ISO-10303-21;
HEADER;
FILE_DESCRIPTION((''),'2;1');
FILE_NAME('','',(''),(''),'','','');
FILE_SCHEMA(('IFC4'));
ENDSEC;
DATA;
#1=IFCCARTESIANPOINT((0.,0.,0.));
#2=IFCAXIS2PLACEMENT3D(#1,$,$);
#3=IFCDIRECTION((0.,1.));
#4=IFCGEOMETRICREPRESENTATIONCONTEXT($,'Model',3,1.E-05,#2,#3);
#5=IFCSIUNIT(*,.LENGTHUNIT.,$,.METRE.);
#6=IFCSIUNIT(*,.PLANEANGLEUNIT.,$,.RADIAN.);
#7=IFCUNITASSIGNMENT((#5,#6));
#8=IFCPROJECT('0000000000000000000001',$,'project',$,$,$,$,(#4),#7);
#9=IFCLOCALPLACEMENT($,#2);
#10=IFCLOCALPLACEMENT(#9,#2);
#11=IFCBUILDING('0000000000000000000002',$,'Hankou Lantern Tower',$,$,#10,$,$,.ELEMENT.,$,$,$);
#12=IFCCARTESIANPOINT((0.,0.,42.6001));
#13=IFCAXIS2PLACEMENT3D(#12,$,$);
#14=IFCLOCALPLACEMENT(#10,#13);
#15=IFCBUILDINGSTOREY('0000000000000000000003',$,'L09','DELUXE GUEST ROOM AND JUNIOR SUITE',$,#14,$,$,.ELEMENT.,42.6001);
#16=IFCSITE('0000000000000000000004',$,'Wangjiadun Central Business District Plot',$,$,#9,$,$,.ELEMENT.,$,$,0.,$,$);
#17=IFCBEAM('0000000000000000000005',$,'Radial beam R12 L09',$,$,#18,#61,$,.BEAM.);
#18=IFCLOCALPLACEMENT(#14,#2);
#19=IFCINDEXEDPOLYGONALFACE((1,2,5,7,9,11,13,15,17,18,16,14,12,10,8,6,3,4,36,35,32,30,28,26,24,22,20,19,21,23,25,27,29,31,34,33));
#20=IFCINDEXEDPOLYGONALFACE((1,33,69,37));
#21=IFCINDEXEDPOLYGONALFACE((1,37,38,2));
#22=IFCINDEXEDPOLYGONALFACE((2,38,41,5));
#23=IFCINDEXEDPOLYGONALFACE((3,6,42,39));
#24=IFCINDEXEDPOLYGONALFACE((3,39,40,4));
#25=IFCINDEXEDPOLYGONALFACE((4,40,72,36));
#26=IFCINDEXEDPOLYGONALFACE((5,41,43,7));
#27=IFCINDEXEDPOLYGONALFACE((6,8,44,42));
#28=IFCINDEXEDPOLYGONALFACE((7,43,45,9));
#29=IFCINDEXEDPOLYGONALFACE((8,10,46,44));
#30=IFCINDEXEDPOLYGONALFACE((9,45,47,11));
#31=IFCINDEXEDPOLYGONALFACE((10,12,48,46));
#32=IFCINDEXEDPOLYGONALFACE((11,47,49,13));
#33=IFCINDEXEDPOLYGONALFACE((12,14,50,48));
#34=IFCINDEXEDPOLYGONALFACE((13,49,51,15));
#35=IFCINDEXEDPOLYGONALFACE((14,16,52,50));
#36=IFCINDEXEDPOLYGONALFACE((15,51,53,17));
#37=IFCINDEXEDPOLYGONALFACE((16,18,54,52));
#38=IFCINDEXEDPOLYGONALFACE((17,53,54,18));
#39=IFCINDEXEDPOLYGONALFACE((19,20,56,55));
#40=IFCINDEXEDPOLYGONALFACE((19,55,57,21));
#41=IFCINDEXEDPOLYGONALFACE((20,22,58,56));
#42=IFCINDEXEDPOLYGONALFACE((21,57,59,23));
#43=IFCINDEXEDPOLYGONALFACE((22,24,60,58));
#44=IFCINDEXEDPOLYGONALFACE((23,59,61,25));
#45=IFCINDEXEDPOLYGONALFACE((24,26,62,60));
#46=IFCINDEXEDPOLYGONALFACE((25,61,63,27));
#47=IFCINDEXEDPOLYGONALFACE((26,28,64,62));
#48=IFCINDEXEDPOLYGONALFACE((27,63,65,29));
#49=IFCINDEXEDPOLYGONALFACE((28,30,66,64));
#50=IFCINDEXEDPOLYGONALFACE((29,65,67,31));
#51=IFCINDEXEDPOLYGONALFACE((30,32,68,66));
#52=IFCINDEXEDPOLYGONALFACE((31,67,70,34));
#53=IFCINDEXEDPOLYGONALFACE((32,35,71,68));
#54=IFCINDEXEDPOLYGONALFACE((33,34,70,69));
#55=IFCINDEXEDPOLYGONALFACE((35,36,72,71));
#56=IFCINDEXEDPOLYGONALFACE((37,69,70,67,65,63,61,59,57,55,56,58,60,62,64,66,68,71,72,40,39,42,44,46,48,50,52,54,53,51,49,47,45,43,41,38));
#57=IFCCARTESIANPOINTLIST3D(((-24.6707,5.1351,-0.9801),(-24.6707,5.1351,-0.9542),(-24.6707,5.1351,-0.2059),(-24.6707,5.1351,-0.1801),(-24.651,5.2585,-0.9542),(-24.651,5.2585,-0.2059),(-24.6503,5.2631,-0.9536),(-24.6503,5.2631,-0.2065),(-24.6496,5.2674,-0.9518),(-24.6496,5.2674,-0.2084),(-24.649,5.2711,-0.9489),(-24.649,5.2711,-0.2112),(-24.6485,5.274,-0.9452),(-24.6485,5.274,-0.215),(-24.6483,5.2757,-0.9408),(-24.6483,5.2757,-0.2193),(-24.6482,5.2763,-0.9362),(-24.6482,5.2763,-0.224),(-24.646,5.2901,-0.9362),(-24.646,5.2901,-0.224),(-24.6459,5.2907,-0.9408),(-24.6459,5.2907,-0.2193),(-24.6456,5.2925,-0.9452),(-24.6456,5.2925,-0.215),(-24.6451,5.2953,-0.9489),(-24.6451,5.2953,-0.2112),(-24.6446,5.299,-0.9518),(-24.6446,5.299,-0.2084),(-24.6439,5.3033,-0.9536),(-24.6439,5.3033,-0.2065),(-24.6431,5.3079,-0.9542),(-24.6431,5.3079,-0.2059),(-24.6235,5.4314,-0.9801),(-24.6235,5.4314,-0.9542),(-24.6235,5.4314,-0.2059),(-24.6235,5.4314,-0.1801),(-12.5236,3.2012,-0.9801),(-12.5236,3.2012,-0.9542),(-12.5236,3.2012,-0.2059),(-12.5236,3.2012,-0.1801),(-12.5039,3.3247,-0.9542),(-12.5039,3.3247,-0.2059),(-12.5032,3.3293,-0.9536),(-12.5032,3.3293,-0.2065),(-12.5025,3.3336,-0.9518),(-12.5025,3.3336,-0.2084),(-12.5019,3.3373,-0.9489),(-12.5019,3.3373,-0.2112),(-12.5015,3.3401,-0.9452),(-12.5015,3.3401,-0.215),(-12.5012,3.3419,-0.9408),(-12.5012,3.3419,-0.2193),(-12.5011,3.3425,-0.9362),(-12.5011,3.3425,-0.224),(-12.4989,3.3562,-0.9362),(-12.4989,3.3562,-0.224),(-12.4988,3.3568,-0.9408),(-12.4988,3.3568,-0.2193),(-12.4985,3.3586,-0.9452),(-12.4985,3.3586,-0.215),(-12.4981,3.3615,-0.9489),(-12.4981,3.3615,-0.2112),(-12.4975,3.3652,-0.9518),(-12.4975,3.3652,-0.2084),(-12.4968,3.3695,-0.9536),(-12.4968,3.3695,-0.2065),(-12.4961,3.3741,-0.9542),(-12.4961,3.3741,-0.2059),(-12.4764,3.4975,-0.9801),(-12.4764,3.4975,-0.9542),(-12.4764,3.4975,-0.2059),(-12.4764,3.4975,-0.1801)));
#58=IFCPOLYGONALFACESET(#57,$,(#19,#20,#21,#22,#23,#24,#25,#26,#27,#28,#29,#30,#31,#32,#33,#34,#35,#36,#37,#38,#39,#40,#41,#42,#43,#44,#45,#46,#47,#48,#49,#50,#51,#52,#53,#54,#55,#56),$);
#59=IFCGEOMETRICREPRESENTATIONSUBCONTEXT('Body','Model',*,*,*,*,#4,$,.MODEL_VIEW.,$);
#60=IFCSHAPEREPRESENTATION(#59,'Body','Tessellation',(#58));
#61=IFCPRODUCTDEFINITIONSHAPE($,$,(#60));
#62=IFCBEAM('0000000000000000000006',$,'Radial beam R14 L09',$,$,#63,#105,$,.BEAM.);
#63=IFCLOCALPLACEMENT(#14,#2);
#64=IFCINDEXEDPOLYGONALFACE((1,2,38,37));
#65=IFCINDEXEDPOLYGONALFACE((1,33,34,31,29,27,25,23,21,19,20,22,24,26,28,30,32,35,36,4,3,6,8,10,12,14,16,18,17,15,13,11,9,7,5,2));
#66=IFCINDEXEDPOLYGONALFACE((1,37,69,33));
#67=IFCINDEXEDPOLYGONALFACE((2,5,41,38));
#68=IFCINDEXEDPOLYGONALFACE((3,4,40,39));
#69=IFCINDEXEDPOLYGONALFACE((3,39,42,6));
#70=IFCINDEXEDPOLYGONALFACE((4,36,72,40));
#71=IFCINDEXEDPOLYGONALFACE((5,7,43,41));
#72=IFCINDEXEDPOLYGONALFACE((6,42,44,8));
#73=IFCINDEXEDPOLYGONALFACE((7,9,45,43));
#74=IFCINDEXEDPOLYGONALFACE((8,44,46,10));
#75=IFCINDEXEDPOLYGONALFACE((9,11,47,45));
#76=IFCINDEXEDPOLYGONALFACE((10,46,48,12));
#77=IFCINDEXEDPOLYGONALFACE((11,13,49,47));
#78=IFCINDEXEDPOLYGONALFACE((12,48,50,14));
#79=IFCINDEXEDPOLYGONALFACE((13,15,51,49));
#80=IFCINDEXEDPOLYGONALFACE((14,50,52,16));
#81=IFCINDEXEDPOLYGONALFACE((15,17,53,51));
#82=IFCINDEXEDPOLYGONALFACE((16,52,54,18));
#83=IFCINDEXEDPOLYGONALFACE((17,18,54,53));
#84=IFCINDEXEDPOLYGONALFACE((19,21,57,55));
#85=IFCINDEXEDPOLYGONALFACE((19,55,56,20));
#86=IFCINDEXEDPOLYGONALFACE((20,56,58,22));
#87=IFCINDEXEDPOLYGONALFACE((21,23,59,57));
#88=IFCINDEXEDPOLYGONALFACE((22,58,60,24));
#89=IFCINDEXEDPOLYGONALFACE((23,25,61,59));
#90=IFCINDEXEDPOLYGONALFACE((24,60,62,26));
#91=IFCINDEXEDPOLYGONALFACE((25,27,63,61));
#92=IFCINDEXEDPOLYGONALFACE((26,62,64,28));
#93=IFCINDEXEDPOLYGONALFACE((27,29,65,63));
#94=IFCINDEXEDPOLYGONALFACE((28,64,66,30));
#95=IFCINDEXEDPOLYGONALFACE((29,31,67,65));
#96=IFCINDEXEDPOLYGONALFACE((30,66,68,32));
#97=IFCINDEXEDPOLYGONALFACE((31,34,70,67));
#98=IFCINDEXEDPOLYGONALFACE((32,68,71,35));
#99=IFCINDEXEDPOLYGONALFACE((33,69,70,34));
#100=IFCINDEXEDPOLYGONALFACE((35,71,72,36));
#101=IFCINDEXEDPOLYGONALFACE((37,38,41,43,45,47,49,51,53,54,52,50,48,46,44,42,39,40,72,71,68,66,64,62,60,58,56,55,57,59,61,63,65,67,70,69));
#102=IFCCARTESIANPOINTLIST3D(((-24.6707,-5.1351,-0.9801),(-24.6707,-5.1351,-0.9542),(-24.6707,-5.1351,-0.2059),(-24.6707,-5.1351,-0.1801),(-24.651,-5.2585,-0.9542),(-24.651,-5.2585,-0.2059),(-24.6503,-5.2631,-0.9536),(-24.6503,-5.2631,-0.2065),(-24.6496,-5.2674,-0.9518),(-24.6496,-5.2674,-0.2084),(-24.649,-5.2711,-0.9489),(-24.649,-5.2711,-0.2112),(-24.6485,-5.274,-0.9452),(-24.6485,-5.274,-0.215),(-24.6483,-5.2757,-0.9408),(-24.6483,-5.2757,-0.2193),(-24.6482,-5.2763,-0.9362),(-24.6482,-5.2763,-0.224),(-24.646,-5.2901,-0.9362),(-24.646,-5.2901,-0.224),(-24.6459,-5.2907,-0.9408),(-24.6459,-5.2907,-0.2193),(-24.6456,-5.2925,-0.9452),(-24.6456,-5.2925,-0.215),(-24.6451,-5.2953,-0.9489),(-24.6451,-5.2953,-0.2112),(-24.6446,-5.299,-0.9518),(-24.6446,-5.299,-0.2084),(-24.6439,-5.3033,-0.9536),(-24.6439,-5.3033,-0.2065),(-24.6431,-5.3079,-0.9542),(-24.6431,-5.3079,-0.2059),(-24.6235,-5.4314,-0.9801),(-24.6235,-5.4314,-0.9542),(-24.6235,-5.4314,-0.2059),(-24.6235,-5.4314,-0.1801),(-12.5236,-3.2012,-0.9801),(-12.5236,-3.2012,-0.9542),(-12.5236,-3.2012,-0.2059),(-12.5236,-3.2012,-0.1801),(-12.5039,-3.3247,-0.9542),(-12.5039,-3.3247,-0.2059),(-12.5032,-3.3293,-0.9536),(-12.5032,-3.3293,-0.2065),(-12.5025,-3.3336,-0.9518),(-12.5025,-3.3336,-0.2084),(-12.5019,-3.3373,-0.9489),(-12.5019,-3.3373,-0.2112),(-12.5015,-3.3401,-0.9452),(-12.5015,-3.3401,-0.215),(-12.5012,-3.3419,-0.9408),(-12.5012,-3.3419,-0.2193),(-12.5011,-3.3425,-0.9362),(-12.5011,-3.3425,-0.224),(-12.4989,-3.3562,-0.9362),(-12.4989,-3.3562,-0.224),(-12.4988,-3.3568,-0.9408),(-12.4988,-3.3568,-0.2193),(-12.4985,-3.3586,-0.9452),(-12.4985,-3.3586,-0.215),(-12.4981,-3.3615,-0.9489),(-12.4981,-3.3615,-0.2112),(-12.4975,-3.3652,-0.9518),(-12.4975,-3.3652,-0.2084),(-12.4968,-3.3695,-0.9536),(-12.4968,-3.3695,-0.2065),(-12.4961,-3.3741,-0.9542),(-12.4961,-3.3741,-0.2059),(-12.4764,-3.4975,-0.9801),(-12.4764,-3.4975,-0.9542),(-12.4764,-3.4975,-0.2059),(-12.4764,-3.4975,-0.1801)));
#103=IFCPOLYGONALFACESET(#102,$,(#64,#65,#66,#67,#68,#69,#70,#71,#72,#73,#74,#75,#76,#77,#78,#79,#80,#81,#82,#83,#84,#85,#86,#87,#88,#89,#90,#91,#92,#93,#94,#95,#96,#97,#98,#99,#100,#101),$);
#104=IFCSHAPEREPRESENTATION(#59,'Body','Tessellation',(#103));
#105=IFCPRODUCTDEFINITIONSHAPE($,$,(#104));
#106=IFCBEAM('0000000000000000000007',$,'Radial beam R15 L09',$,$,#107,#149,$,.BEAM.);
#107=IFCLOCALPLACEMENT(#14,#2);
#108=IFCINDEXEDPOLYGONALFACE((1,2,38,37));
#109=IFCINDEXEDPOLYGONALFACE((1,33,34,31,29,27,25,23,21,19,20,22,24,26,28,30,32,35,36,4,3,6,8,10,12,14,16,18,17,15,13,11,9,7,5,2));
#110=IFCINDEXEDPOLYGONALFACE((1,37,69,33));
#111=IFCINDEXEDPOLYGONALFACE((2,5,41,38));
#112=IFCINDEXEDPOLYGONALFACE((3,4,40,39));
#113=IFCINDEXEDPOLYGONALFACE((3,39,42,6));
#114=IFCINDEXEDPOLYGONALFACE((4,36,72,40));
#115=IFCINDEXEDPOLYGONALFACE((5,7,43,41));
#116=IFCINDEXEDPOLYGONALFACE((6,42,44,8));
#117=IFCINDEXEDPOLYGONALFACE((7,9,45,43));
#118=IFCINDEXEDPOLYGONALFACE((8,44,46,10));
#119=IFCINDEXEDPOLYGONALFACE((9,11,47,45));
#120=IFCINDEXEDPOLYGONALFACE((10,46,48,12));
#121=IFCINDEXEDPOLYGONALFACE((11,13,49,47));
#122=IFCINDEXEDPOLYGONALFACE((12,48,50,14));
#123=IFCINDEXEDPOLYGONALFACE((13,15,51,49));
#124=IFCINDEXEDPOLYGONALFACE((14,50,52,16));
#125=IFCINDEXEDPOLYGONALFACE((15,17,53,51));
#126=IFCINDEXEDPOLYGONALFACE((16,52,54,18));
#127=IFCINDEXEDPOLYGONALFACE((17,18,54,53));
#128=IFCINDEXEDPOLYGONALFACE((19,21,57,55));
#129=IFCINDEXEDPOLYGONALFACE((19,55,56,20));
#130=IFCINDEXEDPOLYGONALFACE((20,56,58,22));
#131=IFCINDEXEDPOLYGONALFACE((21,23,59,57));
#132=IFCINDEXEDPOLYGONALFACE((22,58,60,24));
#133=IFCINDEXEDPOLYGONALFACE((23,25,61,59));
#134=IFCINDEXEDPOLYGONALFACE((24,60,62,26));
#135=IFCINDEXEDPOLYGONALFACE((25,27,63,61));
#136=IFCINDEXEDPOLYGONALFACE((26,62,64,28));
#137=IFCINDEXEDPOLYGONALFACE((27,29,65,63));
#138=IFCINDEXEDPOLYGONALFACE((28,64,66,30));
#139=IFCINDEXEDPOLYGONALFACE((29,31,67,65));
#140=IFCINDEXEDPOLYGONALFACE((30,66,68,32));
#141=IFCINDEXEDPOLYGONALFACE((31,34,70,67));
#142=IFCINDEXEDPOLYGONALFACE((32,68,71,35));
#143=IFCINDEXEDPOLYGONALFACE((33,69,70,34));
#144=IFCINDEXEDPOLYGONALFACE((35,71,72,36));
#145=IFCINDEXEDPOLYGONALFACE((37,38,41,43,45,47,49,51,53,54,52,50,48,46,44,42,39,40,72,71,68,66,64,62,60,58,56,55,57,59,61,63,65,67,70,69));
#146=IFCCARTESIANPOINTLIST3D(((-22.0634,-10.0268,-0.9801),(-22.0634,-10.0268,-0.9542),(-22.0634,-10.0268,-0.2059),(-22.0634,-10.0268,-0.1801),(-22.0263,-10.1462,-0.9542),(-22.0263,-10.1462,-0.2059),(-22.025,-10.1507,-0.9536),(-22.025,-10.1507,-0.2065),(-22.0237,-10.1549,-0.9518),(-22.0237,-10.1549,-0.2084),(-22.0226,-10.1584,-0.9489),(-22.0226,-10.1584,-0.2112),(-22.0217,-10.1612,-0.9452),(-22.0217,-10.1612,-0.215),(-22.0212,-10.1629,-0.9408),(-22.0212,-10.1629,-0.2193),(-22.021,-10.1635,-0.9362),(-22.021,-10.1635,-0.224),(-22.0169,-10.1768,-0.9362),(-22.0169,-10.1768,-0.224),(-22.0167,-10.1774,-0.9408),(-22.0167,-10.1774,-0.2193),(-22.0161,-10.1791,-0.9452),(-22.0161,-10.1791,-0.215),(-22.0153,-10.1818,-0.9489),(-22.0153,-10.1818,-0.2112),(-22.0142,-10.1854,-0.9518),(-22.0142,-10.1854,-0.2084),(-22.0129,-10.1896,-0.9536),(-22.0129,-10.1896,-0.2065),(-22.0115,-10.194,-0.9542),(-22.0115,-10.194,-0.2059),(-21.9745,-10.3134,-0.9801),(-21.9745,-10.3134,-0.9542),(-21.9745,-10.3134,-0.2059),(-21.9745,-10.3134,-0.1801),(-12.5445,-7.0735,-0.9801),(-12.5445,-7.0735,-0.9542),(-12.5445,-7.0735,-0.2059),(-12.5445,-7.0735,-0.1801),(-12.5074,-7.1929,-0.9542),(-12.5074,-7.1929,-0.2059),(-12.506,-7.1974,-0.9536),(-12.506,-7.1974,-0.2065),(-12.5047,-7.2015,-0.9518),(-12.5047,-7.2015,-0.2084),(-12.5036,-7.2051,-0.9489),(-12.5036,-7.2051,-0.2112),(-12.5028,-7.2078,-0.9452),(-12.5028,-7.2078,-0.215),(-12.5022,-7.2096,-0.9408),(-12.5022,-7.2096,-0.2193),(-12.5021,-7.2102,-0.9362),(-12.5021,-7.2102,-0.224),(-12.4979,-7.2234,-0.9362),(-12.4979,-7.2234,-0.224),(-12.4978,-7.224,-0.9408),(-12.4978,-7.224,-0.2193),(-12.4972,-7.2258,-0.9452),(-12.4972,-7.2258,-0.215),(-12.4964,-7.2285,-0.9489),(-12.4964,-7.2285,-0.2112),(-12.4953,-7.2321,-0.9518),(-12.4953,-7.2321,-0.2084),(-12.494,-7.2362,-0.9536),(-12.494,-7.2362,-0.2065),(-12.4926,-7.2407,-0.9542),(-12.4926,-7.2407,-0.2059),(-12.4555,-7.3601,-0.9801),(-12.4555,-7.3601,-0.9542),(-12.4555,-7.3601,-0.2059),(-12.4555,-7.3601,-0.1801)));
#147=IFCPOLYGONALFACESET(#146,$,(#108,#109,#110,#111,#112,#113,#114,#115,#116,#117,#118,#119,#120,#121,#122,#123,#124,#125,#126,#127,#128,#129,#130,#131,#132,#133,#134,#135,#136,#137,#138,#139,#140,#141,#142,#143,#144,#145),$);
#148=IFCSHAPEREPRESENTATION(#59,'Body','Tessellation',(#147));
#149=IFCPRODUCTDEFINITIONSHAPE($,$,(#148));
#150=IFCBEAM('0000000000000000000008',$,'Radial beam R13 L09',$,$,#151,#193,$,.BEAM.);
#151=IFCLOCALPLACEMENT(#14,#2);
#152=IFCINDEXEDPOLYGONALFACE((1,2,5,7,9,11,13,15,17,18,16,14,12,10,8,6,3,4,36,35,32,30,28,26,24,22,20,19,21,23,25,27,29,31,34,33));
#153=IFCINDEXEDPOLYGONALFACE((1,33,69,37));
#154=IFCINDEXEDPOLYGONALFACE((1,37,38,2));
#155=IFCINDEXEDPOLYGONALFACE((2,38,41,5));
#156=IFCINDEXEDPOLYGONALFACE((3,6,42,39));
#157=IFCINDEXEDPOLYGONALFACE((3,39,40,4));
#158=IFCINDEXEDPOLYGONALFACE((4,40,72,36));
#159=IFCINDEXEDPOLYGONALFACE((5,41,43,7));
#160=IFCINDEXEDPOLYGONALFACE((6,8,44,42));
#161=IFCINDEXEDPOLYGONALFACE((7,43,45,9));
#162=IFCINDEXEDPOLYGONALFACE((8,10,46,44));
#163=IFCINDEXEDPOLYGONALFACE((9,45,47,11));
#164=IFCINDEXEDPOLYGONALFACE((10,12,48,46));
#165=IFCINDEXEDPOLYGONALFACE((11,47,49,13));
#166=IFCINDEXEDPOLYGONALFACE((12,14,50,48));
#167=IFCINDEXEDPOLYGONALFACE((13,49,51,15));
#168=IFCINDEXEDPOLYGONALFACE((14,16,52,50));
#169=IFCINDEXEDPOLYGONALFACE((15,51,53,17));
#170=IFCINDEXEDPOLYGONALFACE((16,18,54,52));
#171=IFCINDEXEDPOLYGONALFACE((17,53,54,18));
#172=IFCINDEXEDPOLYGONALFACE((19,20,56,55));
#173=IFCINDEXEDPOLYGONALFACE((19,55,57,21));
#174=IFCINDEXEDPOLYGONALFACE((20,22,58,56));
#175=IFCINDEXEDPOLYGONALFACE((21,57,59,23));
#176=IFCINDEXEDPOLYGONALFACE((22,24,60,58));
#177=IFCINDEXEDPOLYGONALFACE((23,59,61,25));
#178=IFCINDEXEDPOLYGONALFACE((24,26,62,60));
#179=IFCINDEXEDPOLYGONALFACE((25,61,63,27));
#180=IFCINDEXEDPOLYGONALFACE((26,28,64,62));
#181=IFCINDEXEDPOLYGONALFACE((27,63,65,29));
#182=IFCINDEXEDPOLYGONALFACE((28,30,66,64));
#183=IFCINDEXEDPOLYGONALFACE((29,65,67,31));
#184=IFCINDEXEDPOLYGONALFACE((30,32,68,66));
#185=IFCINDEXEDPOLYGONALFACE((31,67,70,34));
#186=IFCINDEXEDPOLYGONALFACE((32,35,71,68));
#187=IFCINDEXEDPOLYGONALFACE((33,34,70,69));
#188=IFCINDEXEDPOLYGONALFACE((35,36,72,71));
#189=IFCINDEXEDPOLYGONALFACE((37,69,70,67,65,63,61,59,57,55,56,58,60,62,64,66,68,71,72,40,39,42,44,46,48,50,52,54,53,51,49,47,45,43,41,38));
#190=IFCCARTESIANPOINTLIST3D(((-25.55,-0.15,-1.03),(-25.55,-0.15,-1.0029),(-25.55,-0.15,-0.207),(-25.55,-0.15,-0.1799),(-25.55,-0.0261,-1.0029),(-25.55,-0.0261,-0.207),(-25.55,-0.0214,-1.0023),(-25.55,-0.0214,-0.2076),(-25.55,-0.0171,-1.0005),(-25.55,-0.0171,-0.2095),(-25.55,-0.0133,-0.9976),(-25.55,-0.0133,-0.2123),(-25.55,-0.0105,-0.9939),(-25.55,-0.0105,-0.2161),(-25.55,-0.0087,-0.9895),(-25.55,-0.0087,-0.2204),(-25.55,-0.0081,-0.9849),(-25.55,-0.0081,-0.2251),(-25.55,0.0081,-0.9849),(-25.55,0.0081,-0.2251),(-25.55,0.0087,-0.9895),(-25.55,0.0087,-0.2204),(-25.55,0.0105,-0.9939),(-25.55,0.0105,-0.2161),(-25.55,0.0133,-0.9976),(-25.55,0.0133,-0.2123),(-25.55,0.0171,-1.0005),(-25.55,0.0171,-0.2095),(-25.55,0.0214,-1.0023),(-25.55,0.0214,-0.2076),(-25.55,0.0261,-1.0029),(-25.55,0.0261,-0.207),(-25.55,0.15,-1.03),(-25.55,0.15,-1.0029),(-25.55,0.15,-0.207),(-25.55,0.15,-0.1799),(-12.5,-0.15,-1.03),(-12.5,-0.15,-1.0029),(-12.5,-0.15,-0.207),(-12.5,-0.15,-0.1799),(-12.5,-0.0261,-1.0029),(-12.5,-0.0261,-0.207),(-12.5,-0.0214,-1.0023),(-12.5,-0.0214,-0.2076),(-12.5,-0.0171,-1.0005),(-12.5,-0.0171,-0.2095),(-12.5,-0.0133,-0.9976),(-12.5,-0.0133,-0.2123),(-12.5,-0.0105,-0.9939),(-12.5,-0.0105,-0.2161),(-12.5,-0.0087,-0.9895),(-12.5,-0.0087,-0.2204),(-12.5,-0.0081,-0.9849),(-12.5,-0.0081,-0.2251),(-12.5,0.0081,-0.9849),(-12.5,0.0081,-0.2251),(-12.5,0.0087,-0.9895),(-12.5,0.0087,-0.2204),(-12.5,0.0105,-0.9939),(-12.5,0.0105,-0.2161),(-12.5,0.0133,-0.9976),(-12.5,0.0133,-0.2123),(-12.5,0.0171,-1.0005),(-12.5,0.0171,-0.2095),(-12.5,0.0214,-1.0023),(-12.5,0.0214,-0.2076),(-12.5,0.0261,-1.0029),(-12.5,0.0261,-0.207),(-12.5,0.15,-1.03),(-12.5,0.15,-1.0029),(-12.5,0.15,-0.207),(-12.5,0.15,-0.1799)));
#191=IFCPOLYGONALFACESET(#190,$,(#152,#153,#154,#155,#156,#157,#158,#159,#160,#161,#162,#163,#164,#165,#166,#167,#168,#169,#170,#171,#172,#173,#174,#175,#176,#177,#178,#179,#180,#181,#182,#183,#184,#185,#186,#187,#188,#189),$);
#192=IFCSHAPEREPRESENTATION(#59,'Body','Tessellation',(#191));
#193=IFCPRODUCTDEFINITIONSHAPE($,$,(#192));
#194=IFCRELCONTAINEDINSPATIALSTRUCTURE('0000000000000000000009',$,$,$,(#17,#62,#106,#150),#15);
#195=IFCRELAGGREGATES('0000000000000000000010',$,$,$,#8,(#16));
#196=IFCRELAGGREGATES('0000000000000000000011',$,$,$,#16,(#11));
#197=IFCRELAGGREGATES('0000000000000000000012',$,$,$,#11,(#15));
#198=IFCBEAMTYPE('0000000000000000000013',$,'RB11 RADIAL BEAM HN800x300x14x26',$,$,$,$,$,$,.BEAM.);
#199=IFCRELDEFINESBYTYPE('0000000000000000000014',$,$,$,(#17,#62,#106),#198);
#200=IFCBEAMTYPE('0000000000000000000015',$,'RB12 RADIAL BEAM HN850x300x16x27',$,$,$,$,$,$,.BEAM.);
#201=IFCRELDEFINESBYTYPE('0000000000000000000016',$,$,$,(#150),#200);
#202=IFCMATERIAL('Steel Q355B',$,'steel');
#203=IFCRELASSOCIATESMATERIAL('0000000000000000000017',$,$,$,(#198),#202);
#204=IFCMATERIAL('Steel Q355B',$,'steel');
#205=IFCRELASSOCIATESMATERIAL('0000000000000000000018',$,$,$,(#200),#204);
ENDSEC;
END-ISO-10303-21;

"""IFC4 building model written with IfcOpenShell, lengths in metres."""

from ifc_helpers import new_model, si_unit, direction, frame, origin, origin_2d, place, context, subcontext, project, spatial, i_section, extrude, material, material_profile, profile_set, type_object, element, save


model = new_model("IFC4")

# Units and contexts
model_context = context("Model", 3, precision=1e-05, world=origin(), true_north=direction((0.0, 1.0)))
body_context = subcontext(model_context, "Body", "Model", "MODEL_VIEW")
ifc_project = project(units=[si_unit("LENGTHUNIT", "METRE"), si_unit("PLANEANGLEUNIT", "RADIAN")], contexts=[model_context])

# Site, building, storey
site_placement = place(None, origin())
site = spatial("IfcSite", under=ifc_project, at=site_placement, Name="Wangjiadun Central Business District Plot", CompositionType="ELEMENT", RefElevation=0.0)
building_placement = place(site_placement, origin())
building = spatial("IfcBuilding", under=site, at=building_placement, Name="Hankou Lantern Tower", CompositionType="ELEMENT")
storey_placement = place(building_placement, frame((0.0, 0.0, 42.6001)))
storey = spatial("IfcBuildingStorey", under=building, at=storey_placement, Name="L09", Description="DELUXE GUEST ROOM AND JUNIOR SUITE", CompositionType="ELEMENT", Elevation=42.6001)

# Beams
ifc_material_1 = material(Name="Steel Q355B", Category="steel")
ifc_material_profile_1 = material_profile(ifc_material_1, i_section(OverallWidth=0.3, OverallDepth=0.8, WebThickness=0.0139, FlangeThickness=0.0259, FilletRadius=0.0181, at=origin_2d()), Name="HN800x300x14x26")
ifc_profile_set_1 = profile_set([ifc_material_profile_1], Name="Steel Q355B")
beam_type_1 = type_object("IfcBeamType", Name="RB11 RADIAL BEAM HN800x300x14x26", PredefinedType="BEAM", material=ifc_profile_set_1)
for number, where, z_axis, x_axis, name in (
    (1, (-12.5, 3.3494, -0.5801), (-0.987563, 0.157223, 0.0), (-0.157223, -0.987563, 0.0), "Radial beam R12 L09"),
    (2, (-12.5, -3.3494, -0.5801), (-0.987563, -0.157223, 0.0), (0.157223, -0.987563, 0.0), "Radial beam R14 L09"),
):
    element("IfcBeam", number, at=place(storey_placement, frame(where, z_axis=z_axis, x_axis=x_axis)), inside=storey, type_object=beam_type_1, Name=name, PredefinedType="BEAM", context=body_context, shape_type="SweptSolid", body=[
        extrude(i_section(OverallWidth=0.3, OverallDepth=0.8, WebThickness=0.0139, FlangeThickness=0.0259, FilletRadius=0.0181, at=origin_2d()), origin(), (0.0, 0.0, 1.0), 12.3),
    ])
beam_1_placement = place(storey_placement, frame((-12.5, -7.2168, -0.5801), z_axis=(-0.955087, -0.296324, 0.0), x_axis=(0.296324, -0.955087, 0.0)))
element("IfcBeam", 3, at=beam_1_placement, inside=storey, type_object=beam_type_1, Name="Radial beam R15 L09", PredefinedType="BEAM", context=body_context, shape_type="SweptSolid", body=[
    extrude(i_section(OverallWidth=0.3, OverallDepth=0.8, WebThickness=0.0139, FlangeThickness=0.0259, FilletRadius=0.0181, at=origin_2d()), origin(), (0.0, 0.0, 1.0), 9.9666),
])
ifc_material_2 = material(Name="Steel Q355B", Category="steel")
ifc_material_profile_2 = material_profile(ifc_material_2, i_section(OverallWidth=0.3, OverallDepth=0.8501, WebThickness=0.0161, FlangeThickness=0.0271, FilletRadius=0.0181, at=origin_2d()), Name="HN850x300x16x27")
ifc_profile_set_2 = profile_set([ifc_material_profile_2], Name="Steel Q355B")
beam_type_2 = type_object("IfcBeamType", Name="RB12 RADIAL BEAM HN850x300x16x27", PredefinedType="BEAM", material=ifc_profile_set_2)
beam_2_placement = place(storey_placement, frame((-12.5, 0.0, -0.605), z_axis=(-1.0, 0.0, 0.0), x_axis=(0.0, -1.0, 0.0)))
element("IfcBeam", 4, at=beam_2_placement, inside=storey, type_object=beam_type_2, Name="Radial beam R13 L09", PredefinedType="BEAM", context=body_context, shape_type="SweptSolid", body=[
    extrude(i_section(OverallWidth=0.3, OverallDepth=0.8501, WebThickness=0.0161, FlangeThickness=0.0271, FilletRadius=0.0181, at=origin_2d()), origin(), (0.0, 0.0, 1.0), 13.05),
])

save(model, "model.ifc")
